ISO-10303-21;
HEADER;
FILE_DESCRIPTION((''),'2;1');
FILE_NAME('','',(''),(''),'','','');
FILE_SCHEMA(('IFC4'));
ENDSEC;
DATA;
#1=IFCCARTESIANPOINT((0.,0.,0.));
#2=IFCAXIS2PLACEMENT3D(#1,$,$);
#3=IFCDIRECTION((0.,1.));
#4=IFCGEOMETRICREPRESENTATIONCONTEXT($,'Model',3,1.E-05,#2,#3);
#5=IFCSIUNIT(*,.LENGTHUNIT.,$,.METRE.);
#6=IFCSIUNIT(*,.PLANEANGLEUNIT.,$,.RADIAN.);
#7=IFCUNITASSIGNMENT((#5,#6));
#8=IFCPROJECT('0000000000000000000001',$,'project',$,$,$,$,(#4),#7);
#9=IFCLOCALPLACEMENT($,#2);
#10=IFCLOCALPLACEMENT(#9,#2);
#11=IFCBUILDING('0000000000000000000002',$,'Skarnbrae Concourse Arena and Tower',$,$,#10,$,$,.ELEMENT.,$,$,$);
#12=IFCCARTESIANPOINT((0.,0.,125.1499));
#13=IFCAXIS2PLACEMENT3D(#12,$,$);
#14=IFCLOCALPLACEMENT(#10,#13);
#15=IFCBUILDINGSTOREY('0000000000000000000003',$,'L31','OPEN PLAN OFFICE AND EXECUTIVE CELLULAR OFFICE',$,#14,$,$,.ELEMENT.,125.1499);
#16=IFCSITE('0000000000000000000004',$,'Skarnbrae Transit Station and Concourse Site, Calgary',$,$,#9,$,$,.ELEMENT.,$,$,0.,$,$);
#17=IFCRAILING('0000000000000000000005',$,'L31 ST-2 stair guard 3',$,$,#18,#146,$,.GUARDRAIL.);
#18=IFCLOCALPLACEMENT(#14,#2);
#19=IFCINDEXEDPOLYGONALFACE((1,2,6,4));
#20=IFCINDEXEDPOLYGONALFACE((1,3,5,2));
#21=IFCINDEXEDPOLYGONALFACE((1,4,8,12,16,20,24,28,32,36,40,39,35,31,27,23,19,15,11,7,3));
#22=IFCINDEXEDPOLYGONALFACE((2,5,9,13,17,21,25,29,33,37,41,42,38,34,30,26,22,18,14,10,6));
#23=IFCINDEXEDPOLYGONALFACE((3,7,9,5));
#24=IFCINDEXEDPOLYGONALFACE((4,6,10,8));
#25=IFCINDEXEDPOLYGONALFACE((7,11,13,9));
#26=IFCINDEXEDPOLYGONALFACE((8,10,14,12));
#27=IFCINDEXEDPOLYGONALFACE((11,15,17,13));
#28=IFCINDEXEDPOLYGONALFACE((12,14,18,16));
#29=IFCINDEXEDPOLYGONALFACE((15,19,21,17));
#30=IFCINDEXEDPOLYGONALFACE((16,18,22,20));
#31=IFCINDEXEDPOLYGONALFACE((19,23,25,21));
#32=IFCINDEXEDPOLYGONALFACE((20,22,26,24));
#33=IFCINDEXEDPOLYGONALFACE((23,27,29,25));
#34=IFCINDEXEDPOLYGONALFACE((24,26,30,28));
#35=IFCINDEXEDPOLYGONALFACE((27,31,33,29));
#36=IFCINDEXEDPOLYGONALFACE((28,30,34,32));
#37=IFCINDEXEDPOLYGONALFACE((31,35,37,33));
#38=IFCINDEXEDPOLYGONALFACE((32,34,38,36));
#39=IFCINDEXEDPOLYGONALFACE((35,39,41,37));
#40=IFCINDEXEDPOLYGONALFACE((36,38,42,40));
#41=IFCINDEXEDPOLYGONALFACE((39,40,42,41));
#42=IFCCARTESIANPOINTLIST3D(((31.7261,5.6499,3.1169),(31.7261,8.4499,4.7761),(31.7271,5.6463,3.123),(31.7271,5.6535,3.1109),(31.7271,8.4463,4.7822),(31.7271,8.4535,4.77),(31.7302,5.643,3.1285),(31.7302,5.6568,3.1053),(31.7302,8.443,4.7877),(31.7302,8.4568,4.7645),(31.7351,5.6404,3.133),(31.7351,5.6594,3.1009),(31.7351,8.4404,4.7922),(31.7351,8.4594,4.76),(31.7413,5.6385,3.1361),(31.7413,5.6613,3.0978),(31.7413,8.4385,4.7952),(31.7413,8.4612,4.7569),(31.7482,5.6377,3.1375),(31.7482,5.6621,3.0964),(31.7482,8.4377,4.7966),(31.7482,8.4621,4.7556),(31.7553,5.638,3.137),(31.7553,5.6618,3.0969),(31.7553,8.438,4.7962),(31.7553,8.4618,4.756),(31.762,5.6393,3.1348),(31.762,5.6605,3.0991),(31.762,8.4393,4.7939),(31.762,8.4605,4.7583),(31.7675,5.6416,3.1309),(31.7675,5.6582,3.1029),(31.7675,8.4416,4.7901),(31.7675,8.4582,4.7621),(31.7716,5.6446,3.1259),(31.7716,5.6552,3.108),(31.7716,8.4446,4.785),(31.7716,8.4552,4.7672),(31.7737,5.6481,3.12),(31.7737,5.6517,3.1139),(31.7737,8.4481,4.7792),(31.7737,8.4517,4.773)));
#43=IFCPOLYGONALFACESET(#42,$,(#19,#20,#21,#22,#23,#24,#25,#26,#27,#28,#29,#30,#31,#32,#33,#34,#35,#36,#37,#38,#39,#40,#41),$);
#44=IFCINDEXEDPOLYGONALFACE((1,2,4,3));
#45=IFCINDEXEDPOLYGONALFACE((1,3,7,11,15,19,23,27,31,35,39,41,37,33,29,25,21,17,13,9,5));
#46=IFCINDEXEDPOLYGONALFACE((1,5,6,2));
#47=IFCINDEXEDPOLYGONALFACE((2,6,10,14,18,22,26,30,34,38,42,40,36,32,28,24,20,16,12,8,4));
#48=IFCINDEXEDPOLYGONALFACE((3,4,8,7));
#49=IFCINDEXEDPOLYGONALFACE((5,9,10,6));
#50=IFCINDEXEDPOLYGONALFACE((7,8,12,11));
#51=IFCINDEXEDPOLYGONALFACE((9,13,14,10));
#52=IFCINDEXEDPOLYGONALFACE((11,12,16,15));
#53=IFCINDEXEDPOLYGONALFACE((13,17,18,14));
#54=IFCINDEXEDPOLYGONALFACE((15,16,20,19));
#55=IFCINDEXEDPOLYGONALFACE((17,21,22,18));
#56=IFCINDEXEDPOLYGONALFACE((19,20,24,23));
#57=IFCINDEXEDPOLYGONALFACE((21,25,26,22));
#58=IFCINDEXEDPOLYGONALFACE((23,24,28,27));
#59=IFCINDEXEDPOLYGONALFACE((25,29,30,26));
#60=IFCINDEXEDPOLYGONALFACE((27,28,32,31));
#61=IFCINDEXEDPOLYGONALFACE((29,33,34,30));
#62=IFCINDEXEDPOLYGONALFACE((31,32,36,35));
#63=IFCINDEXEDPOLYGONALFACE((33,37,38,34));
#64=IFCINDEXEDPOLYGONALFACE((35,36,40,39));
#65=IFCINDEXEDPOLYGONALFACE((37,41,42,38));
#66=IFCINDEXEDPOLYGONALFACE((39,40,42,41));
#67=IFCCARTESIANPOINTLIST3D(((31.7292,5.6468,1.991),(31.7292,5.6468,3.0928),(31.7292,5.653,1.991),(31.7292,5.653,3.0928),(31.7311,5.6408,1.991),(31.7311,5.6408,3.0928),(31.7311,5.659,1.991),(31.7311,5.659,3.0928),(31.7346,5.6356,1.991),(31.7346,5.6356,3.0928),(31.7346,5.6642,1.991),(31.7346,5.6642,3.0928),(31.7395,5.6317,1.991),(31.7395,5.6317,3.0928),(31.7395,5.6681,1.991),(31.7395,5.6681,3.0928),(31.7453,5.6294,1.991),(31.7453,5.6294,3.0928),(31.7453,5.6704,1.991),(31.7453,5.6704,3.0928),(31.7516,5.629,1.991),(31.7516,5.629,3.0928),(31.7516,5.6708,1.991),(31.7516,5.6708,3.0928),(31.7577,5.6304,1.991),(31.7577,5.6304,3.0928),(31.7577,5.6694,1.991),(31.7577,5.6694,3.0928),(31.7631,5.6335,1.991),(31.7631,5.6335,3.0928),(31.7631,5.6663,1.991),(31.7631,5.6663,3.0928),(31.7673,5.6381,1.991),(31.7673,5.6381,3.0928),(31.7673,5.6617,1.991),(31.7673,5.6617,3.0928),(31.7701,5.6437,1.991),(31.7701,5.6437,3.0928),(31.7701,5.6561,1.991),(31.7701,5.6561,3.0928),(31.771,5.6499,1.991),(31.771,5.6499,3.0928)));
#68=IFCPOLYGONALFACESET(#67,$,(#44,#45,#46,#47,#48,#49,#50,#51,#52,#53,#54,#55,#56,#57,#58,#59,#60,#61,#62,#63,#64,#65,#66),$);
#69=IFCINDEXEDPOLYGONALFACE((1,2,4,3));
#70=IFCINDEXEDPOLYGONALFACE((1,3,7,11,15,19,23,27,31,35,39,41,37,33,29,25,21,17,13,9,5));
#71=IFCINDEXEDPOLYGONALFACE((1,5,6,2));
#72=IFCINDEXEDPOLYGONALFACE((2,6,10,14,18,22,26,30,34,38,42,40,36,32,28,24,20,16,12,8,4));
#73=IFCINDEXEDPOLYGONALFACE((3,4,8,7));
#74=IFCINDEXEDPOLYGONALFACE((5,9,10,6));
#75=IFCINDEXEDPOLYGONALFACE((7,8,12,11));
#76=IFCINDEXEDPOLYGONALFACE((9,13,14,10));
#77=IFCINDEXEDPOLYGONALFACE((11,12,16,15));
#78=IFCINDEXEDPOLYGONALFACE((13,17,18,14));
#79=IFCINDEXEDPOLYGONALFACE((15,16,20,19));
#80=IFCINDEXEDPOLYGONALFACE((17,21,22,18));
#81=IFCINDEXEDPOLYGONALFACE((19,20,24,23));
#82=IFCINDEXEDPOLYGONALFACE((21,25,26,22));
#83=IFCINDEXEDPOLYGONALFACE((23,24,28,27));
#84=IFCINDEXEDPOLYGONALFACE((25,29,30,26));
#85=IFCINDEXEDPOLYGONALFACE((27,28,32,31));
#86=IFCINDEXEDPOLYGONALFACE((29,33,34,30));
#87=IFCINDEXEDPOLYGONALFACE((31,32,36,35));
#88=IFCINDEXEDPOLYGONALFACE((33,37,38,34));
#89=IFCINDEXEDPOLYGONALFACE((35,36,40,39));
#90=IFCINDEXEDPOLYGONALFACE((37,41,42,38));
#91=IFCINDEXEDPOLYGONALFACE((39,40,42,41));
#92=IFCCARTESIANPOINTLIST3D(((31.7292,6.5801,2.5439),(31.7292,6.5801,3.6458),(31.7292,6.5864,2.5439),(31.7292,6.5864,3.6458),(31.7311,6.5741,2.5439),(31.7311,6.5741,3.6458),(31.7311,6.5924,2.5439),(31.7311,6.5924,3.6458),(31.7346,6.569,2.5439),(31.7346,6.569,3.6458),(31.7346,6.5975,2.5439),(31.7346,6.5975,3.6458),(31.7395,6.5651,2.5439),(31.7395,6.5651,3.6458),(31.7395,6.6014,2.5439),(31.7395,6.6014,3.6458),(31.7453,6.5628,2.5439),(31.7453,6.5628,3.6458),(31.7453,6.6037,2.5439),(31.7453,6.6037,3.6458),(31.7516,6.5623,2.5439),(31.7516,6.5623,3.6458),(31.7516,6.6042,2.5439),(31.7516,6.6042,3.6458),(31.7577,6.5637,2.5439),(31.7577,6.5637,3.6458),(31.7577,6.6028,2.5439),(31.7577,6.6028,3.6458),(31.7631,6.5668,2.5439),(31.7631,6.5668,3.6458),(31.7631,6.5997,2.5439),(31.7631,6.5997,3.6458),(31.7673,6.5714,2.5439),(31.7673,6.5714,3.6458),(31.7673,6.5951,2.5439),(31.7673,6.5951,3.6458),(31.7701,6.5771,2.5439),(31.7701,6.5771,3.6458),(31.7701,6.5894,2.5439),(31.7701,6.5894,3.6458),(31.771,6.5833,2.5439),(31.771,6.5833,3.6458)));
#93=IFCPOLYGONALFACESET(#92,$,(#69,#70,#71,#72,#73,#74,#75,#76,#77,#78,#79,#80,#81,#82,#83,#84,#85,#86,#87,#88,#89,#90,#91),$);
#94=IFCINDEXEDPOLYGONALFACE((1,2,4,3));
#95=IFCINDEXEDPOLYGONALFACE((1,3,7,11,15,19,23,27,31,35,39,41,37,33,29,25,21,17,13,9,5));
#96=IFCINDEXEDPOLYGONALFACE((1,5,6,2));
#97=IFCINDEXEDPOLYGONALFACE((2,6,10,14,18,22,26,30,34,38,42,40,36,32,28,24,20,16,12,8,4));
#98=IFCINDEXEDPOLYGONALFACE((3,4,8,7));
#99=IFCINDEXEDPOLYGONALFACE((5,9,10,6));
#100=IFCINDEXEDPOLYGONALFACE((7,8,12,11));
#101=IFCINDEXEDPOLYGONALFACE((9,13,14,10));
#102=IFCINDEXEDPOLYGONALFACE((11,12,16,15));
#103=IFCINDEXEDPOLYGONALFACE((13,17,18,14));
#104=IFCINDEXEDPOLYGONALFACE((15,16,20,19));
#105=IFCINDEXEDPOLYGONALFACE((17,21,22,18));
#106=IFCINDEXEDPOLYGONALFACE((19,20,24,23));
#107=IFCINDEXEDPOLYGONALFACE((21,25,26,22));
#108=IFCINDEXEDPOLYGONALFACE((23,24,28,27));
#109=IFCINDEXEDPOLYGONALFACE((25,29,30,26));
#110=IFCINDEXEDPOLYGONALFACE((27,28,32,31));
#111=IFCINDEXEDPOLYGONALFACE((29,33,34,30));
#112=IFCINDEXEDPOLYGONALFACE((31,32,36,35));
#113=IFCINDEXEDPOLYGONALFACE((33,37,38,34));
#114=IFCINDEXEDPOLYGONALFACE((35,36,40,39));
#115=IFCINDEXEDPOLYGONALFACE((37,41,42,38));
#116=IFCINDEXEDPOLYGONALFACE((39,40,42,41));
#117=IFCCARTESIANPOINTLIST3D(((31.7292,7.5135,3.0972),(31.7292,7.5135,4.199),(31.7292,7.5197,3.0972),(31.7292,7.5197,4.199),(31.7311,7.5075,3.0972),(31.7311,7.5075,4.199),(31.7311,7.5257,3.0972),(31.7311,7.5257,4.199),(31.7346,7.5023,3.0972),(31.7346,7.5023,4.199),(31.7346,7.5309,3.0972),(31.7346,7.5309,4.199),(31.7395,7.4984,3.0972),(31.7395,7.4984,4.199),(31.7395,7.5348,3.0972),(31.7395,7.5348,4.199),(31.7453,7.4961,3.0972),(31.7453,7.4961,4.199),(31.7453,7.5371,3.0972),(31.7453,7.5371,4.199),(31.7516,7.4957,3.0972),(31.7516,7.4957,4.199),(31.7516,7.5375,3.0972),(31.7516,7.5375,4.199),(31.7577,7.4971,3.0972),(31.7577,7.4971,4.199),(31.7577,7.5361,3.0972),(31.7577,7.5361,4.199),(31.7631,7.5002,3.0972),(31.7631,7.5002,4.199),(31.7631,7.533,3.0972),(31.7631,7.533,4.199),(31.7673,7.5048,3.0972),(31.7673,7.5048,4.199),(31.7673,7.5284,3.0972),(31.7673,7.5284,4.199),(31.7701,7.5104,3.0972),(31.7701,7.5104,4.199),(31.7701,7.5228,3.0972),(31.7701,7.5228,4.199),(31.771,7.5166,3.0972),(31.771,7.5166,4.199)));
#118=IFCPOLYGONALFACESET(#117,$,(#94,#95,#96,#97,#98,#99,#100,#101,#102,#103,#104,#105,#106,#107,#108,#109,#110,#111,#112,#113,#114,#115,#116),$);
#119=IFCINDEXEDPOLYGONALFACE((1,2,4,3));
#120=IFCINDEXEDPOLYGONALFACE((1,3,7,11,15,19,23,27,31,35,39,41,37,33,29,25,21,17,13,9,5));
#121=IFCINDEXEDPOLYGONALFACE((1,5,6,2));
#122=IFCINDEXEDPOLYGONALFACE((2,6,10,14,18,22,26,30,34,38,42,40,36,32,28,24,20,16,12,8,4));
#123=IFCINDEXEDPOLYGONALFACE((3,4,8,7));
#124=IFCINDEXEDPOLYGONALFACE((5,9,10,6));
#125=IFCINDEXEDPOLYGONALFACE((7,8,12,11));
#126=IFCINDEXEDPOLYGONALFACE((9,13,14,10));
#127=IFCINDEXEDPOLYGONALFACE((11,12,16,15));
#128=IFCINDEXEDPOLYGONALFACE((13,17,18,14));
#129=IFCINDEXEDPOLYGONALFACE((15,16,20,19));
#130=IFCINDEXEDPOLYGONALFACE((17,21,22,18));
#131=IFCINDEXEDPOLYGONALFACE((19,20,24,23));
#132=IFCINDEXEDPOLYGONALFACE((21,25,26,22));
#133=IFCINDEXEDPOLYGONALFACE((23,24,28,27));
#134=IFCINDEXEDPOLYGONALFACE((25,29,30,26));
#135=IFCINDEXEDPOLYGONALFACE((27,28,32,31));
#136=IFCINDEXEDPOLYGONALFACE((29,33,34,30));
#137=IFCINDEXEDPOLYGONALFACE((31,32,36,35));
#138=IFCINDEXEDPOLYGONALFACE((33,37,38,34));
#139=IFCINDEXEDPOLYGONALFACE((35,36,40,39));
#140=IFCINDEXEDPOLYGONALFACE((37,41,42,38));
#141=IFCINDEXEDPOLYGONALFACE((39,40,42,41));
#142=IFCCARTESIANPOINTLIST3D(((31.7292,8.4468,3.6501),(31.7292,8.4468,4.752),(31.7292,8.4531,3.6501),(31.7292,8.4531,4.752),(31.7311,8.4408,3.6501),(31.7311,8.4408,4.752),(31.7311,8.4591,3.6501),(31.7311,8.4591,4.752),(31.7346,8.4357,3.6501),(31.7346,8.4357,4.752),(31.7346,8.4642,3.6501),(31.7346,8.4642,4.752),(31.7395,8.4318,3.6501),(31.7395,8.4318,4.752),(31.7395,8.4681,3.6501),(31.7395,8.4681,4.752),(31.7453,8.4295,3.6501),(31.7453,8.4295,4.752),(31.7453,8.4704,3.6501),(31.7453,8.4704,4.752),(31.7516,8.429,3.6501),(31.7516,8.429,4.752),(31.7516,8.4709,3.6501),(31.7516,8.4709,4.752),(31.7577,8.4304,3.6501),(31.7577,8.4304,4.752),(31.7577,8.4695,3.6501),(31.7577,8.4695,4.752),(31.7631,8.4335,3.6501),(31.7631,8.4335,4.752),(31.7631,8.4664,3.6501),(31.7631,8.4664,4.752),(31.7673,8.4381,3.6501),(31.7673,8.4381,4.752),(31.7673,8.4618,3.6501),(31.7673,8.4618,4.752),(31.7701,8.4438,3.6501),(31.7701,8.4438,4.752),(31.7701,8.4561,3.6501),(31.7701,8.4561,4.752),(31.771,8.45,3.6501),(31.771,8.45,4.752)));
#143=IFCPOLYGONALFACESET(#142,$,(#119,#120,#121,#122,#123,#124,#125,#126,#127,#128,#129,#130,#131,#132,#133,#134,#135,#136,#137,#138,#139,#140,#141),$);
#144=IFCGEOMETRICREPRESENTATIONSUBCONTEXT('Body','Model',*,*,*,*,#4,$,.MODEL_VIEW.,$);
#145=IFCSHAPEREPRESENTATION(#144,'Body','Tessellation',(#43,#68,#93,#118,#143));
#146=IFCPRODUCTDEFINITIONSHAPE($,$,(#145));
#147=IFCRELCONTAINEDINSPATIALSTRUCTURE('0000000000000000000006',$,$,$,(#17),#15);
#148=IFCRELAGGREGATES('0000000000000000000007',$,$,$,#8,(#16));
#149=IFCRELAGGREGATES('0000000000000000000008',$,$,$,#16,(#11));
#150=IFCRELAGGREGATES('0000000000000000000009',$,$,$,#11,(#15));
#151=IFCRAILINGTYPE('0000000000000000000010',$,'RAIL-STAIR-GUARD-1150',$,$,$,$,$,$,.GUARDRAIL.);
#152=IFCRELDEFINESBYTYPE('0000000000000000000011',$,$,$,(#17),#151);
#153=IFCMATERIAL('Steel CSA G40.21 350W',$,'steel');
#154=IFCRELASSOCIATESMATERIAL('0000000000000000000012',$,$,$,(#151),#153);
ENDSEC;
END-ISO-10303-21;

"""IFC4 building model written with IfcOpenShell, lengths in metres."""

from ifc_helpers import new_model, si_unit, direction, frame, origin, origin_2d, place, context, subcontext, project, spatial, circle, extrude, material, type_object, element, save


model = new_model("IFC4")

# Units and contexts
model_context = context("Model", 3, precision=1e-05, world=origin(), true_north=direction((0.0, 1.0)))
body_context = subcontext(model_context, "Body", "Model", "MODEL_VIEW")
ifc_project = project(units=[si_unit("LENGTHUNIT", "METRE"), si_unit("PLANEANGLEUNIT", "RADIAN")], contexts=[model_context])

# Site, building, storey
site_placement = place(None, origin())
site = spatial("IfcSite", under=ifc_project, at=site_placement, Name="Skarnbrae Transit Station and Concourse Site, Calgary", CompositionType="ELEMENT", RefElevation=0.0)
building_placement = place(site_placement, origin())
building = spatial("IfcBuilding", under=site, at=building_placement, Name="Skarnbrae Concourse Arena and Tower", CompositionType="ELEMENT")
storey_placement = place(building_placement, frame((0.0, 0.0, 125.1499)))
storey = spatial("IfcBuildingStorey", under=building, at=storey_placement, Name="L31", Description="OPEN PLAN OFFICE AND EXECUTIVE CELLULAR OFFICE", CompositionType="ELEMENT", Elevation=125.1499)

# Shared definitions
ifc_material_1 = material(Name="Steel CSA G40.21 350W", Category="steel")

# Railing
railing_type_1 = type_object("IfcRailingType", Name="RAIL-STAIR-GUARD-1150", PredefinedType="GUARDRAIL", material=ifc_material_1)
railing_1_placement = place(storey_placement, frame((31.75, 5.6499, 1.991)))
element("IfcRailing", 1, at=railing_1_placement, inside=storey, type_object=railing_type_1, Name="L31 ST-2 stair guard 3", PredefinedType="GUARDRAIL", context=body_context, shape_type="SweptSolid", body=[
    extrude(circle(Radius=0.0239, at=origin_2d()), frame((0.0, 0.0, 1.126), z_axis=(0.0, 0.860306, 0.509778), x_axis=(-1.0, 0.0, 0.0)), (0.0, 0.0, 1.0), 3.2546),
    extrude(circle(Radius=0.021, at=origin_2d()), origin(), (0.0, 0.0, 1.0), 1.1018),
    extrude(circle(Radius=0.021, at=origin_2d()), frame((0.0, 0.9333, 0.553)), (0.0, 0.0, 1.0), 1.1018),
    extrude(circle(Radius=0.021, at=origin_2d()), frame((0.0, 1.8667, 1.1062)), (0.0, 0.0, 1.0), 1.1018),
    extrude(circle(Radius=0.021, at=origin_2d()), frame((0.0, 2.8, 1.6592)), (0.0, 0.0, 1.0), 1.1018),
])

save(model, "model.ifc")
